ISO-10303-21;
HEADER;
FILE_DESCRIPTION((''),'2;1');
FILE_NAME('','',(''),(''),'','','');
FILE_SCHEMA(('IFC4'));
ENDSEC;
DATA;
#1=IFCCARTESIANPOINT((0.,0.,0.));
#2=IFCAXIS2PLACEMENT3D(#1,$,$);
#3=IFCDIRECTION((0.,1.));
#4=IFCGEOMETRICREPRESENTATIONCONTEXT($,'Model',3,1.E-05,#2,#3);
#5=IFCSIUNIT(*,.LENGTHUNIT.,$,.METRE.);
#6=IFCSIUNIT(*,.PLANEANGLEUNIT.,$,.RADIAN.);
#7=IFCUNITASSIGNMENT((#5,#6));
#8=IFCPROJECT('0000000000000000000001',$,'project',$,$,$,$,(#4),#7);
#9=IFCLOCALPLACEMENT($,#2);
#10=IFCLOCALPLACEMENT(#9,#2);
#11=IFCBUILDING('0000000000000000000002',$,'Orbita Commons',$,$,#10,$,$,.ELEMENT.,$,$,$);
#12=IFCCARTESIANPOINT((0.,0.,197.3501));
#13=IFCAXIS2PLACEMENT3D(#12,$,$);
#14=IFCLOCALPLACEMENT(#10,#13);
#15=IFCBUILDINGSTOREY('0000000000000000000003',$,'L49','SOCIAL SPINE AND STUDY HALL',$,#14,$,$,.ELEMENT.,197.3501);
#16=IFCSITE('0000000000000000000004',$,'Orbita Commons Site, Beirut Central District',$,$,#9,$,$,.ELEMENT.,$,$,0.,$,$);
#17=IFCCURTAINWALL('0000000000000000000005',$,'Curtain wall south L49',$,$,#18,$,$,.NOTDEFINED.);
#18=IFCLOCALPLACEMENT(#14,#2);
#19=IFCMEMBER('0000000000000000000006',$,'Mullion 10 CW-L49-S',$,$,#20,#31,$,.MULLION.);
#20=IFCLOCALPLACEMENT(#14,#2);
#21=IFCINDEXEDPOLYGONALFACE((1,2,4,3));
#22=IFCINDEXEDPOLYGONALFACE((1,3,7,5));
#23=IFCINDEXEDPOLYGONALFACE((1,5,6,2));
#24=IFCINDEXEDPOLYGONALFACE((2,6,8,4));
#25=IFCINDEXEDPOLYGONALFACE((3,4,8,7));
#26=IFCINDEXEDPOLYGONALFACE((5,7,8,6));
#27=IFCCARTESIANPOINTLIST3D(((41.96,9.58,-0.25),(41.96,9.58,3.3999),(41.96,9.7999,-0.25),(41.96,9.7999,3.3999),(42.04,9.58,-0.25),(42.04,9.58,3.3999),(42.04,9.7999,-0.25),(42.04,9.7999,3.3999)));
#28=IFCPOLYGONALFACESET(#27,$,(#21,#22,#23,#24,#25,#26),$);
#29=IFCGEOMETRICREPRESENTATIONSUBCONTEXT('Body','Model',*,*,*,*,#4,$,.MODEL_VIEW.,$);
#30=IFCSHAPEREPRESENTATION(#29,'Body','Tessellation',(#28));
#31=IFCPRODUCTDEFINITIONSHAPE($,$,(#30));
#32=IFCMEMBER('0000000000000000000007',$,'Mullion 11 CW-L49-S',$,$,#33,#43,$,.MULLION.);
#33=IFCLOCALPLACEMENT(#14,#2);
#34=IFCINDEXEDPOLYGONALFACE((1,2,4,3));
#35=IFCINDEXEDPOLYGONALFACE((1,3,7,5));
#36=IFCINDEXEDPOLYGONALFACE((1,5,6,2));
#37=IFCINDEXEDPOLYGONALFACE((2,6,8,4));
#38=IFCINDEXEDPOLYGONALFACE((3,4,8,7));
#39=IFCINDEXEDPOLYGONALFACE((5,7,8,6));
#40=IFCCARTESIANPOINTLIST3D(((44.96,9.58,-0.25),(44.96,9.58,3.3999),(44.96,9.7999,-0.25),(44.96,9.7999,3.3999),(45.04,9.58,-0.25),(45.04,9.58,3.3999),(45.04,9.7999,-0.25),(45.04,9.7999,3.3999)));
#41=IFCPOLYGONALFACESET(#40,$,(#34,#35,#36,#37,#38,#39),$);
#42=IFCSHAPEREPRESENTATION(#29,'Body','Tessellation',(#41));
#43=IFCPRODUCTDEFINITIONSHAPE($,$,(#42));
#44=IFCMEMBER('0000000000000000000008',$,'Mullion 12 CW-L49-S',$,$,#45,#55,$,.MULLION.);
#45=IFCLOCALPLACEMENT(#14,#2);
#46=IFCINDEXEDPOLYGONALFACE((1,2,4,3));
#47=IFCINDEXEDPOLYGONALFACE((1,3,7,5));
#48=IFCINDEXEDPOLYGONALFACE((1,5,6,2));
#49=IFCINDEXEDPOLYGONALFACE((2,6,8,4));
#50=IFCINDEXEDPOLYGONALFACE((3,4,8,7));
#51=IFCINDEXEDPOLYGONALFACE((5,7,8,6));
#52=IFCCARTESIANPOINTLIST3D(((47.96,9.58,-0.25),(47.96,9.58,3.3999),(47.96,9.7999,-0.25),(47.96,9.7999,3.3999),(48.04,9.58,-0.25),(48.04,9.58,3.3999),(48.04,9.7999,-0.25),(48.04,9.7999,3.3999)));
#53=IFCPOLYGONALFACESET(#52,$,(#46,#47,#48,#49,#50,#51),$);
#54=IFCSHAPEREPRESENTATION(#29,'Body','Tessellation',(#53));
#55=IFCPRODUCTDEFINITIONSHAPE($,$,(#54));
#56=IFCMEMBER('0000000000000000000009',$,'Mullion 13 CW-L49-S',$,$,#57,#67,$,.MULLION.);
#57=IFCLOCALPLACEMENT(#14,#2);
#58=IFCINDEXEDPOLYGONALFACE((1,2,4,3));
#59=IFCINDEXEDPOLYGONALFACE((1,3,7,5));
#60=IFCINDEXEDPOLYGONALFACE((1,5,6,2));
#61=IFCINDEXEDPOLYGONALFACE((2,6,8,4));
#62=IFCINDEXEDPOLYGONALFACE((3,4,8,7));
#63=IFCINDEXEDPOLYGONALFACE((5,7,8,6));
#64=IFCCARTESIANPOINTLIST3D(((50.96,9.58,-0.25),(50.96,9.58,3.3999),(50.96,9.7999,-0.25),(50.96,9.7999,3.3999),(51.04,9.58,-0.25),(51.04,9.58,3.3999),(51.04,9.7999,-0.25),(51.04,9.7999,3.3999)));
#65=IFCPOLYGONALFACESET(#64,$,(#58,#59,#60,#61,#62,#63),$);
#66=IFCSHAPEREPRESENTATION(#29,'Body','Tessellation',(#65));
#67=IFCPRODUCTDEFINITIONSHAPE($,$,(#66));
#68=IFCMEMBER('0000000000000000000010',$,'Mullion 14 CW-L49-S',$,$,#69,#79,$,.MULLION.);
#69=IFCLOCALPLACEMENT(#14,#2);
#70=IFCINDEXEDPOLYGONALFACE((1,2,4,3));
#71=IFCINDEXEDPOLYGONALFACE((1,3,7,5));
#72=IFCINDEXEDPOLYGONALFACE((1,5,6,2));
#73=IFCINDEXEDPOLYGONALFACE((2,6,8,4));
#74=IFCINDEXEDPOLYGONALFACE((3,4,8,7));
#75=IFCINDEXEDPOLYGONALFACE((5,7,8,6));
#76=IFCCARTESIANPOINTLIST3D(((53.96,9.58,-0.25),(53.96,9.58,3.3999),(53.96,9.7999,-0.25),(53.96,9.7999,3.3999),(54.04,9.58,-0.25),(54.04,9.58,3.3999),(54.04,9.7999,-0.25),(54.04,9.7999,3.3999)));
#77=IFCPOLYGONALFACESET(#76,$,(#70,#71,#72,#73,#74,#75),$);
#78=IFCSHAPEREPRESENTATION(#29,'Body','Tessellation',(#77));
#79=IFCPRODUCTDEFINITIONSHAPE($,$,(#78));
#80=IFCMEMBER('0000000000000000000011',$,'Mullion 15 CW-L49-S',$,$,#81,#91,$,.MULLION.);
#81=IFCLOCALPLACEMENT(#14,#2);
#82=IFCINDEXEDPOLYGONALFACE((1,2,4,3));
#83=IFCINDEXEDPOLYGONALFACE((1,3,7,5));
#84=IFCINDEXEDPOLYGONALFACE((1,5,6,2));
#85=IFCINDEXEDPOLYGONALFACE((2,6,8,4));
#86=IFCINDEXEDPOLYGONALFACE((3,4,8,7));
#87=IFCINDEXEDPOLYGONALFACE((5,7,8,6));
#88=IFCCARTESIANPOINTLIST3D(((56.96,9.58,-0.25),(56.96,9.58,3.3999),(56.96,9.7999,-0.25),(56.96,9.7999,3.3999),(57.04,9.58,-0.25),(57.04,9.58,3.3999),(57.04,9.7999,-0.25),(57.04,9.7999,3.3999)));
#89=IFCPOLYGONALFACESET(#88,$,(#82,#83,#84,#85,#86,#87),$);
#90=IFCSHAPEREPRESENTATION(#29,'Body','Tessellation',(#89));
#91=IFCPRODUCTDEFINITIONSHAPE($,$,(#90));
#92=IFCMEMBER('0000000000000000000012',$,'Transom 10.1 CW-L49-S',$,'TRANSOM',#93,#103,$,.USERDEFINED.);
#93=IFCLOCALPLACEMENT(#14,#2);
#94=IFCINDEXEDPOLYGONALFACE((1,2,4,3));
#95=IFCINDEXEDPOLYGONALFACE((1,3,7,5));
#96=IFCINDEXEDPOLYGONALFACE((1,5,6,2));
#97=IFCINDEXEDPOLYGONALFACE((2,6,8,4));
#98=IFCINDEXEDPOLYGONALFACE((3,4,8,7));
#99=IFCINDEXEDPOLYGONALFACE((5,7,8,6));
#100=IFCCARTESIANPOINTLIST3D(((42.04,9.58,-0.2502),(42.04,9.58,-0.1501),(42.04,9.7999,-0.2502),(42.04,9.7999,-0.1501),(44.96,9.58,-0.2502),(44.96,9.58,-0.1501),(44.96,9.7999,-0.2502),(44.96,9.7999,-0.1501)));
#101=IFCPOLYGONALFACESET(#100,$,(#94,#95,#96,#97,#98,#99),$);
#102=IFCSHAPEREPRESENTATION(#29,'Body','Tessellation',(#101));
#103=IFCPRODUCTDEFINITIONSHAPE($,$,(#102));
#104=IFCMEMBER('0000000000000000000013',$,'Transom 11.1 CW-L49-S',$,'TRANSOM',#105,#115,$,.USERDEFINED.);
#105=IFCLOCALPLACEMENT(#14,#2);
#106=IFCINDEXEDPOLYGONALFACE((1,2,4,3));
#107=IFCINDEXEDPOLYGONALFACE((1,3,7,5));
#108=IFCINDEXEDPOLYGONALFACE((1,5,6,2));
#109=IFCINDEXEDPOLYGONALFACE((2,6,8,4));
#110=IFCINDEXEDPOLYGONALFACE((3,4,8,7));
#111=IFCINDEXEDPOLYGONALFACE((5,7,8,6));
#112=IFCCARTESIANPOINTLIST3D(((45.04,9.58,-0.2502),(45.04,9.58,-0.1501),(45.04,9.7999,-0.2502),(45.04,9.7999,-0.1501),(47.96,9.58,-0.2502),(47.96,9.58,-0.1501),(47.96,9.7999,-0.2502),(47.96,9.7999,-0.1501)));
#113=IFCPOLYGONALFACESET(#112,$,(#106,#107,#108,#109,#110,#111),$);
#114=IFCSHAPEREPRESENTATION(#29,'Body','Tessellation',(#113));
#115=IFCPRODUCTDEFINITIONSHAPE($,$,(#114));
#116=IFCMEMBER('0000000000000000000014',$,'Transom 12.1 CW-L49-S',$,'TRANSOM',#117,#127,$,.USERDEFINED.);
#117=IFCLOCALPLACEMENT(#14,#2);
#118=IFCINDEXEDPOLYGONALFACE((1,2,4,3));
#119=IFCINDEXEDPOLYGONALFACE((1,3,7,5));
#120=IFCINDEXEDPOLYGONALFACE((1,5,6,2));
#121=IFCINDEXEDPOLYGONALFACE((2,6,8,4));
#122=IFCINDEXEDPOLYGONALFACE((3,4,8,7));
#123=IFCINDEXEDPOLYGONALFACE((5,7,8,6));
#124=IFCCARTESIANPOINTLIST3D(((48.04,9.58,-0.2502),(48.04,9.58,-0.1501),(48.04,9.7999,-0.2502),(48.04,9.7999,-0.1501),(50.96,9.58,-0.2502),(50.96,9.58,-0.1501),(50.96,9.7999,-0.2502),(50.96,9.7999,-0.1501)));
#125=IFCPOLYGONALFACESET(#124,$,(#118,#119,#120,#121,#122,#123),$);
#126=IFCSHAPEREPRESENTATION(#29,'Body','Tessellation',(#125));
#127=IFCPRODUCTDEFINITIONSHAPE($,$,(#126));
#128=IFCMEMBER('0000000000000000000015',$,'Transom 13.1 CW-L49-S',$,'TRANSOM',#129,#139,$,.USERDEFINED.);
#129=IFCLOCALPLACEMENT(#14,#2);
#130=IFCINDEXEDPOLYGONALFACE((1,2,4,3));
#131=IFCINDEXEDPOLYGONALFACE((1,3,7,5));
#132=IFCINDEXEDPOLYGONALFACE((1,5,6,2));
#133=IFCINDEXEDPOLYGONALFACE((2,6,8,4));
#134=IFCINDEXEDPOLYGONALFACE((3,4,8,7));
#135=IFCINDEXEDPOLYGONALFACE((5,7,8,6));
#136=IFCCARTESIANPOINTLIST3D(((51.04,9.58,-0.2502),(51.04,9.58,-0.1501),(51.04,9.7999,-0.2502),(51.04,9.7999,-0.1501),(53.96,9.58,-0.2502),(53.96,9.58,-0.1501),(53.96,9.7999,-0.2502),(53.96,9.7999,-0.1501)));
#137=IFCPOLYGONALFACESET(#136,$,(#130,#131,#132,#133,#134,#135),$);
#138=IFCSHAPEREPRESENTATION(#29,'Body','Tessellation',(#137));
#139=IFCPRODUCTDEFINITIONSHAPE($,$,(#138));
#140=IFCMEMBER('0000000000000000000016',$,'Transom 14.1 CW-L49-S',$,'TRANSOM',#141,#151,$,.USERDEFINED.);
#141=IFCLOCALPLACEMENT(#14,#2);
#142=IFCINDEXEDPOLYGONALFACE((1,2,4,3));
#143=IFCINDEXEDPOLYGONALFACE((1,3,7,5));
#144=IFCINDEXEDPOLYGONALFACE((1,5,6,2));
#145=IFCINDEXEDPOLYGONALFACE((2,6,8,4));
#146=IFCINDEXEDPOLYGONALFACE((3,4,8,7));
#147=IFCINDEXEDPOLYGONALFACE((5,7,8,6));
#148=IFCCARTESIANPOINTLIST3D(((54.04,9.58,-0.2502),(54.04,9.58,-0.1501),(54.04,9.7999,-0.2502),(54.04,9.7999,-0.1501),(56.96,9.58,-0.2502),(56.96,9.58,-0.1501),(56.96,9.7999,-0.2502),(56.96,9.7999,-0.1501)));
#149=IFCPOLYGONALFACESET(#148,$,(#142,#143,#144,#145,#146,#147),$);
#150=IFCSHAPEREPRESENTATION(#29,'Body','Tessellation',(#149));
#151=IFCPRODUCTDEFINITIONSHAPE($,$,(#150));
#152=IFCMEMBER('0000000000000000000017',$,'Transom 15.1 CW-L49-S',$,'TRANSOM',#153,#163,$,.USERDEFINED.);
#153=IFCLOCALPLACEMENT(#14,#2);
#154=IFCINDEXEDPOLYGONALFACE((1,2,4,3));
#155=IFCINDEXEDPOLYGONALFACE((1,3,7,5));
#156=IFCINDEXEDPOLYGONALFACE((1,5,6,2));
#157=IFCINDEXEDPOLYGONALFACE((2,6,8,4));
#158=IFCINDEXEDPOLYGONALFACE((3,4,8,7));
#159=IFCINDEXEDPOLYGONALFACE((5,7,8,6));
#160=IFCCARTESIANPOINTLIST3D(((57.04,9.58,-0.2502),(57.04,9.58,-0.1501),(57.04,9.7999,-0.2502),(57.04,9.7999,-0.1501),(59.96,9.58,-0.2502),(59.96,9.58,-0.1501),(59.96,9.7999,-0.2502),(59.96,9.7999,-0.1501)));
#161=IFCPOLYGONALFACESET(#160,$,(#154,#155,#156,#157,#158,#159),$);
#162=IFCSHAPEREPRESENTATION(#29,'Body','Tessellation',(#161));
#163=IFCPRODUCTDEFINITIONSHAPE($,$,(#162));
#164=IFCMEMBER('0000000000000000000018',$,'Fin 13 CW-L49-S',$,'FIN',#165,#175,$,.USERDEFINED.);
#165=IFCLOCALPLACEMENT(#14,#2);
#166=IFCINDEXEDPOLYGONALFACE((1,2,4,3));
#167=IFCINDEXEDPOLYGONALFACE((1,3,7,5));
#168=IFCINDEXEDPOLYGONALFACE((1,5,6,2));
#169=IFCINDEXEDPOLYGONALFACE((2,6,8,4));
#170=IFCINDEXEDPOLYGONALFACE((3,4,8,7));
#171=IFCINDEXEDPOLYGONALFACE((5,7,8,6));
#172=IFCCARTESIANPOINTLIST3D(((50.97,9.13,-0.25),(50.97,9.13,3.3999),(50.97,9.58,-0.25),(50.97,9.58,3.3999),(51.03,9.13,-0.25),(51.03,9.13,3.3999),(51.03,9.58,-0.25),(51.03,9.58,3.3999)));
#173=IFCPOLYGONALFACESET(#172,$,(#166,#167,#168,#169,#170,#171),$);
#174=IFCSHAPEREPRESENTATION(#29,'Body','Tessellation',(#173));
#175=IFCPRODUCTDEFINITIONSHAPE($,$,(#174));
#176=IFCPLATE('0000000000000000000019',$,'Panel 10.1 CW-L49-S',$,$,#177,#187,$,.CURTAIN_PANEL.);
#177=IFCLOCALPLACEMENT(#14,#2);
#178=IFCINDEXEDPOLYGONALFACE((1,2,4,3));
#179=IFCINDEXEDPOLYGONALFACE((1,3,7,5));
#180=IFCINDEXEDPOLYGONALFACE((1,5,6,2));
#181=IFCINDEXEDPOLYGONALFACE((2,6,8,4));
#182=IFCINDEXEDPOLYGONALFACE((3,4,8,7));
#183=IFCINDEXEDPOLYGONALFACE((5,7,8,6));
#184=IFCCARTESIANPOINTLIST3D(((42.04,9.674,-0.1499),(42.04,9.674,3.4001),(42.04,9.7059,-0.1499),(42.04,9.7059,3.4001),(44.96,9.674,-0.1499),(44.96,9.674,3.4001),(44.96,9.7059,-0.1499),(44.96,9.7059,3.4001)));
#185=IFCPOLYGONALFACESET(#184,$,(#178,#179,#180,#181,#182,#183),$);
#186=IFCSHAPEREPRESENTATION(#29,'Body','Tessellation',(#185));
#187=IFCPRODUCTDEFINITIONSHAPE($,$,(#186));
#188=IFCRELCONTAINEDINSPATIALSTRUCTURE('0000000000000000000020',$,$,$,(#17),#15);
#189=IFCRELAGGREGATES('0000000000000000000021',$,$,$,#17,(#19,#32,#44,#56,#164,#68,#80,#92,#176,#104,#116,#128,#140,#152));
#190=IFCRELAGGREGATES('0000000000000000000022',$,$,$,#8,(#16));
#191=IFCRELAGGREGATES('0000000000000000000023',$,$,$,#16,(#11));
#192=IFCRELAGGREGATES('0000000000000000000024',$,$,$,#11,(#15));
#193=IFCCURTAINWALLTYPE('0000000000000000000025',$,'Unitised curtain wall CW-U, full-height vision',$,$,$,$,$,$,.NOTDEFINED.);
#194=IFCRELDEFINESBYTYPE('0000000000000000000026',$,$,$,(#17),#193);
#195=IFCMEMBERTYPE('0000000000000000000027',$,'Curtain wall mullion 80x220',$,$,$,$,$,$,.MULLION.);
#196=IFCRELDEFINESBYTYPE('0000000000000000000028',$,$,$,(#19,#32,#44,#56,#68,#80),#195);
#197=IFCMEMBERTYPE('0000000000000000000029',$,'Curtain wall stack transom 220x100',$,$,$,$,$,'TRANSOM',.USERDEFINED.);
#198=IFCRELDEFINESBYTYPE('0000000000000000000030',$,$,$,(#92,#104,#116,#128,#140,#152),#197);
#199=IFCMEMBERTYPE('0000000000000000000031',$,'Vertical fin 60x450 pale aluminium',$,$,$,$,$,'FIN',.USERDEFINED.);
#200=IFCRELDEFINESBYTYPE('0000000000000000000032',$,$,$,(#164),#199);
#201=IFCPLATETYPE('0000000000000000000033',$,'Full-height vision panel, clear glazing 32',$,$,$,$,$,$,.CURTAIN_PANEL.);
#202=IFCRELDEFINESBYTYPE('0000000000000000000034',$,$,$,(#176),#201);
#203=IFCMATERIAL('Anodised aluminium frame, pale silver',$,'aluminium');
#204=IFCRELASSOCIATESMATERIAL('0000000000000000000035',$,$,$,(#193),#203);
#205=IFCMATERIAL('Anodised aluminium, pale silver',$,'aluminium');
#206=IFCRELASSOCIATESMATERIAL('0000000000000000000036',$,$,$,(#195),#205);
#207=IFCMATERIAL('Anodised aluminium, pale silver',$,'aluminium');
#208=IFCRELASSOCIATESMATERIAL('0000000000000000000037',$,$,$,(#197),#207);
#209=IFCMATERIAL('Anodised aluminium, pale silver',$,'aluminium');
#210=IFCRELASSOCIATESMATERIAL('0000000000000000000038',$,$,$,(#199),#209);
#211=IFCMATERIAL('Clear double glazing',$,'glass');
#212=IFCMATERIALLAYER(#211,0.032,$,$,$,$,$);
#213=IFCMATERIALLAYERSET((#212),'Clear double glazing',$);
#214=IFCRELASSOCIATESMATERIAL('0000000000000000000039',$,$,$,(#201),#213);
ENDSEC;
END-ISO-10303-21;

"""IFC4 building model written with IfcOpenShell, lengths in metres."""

from ifc_helpers import new_model, si_unit, direction, frame, origin, origin_2d, place, context, subcontext, project, spatial, rectangle, extrude, material, layer, layer_set, material_profile, profile_set, type_object, element, aggregate, save


model = new_model("IFC4")

# Units and contexts
model_context = context("Model", 3, precision=1e-05, world=origin(), true_north=direction((0.0, 1.0)))
body_context = subcontext(model_context, "Body", "Model", "MODEL_VIEW")
ifc_project = project(units=[si_unit("LENGTHUNIT", "METRE"), si_unit("PLANEANGLEUNIT", "RADIAN")], contexts=[model_context])

# Site, building, storey
site_placement = place(None, origin())
site = spatial("IfcSite", under=ifc_project, at=site_placement, Name="Orbita Commons Site, Beirut Central District", CompositionType="ELEMENT", RefElevation=0.0)
building_placement = place(site_placement, origin())
building = spatial("IfcBuilding", under=site, at=building_placement, Name="Orbita Commons", CompositionType="ELEMENT")
storey_placement = place(building_placement, frame((0.0, 0.0, 197.3501)))
storey = spatial("IfcBuildingStorey", under=building, at=storey_placement, Name="L49", Description="SOCIAL SPINE AND STUDY HALL", CompositionType="ELEMENT", Elevation=197.3501)

# Curtain wall, members, plate
ifc_material_1 = material(Name="Anodised aluminium frame, pale silver", Category="aluminium")
curtain_wall_type = type_object("IfcCurtainWallType", Name="Unitised curtain wall CW-U, full-height vision", PredefinedType="NOTDEFINED", material=ifc_material_1)
curtain_wall_placement = place(storey_placement, origin())
curtain_wall = element("IfcCurtainWall", 1, at=curtain_wall_placement, inside=storey, type_object=curtain_wall_type, Name="Curtain wall south L49", PredefinedType="NOTDEFINED")
ifc_material_2 = material(Name="Anodised aluminium, pale silver", Category="aluminium")
ifc_material_profile_1 = material_profile(ifc_material_2, rectangle(XDim=0.0801, YDim=0.22, at=origin_2d()), Name="AL 80x220")
ifc_profile_set_1 = profile_set([ifc_material_profile_1], Name="Anodised aluminium, pale silver")
member_type_1 = type_object("IfcMemberType", Name="Curtain wall mullion 80x220", PredefinedType="MULLION", material=ifc_profile_set_1)
member_1_placement = place(storey_placement, frame((42.0, 9.6899, -0.25), z_axis=(0.0, 0.0, 1.0), x_axis=(1.0, 0.0, 0.0)))
member_1 = element("IfcMember", 2, at=member_1_placement, type_object=member_type_1, Name="Mullion 10 CW-L49-S", PredefinedType="MULLION", context=body_context, shape_type="SweptSolid", body=[
    extrude(rectangle(XDim=0.0801, YDim=0.22, at=origin_2d()), origin(), (0.0, 0.0, 1.0), 3.6499),
])
member_2_placement = place(storey_placement, frame((45.0, 9.6899, -0.25), z_axis=(0.0, 0.0, 1.0), x_axis=(1.0, 0.0, 0.0)))
member_2 = element("IfcMember", 3, at=member_2_placement, type_object=member_type_1, Name="Mullion 11 CW-L49-S", PredefinedType="MULLION", context=body_context, shape_type="SweptSolid", body=[
    extrude(rectangle(XDim=0.0801, YDim=0.22, at=origin_2d()), origin(), (0.0, 0.0, 1.0), 3.6499),
])
member_3_placement = place(storey_placement, frame((48.0, 9.6899, -0.25), z_axis=(0.0, 0.0, 1.0), x_axis=(1.0, 0.0, 0.0)))
member_3 = element("IfcMember", 4, at=member_3_placement, type_object=member_type_1, Name="Mullion 12 CW-L49-S", PredefinedType="MULLION", context=body_context, shape_type="SweptSolid", body=[
    extrude(rectangle(XDim=0.0801, YDim=0.22, at=origin_2d()), origin(), (0.0, 0.0, 1.0), 3.6499),
])
member_4_placement = place(storey_placement, frame((51.0, 9.6899, -0.25), z_axis=(0.0, 0.0, 1.0), x_axis=(1.0, 0.0, 0.0)))
member_4 = element("IfcMember", 5, at=member_4_placement, type_object=member_type_1, Name="Mullion 13 CW-L49-S", PredefinedType="MULLION", context=body_context, shape_type="SweptSolid", body=[
    extrude(rectangle(XDim=0.0801, YDim=0.22, at=origin_2d()), origin(), (0.0, 0.0, 1.0), 3.6499),
])
member_5_placement = place(storey_placement, frame((54.0, 9.6899, -0.25), z_axis=(0.0, 0.0, 1.0), x_axis=(1.0, 0.0, 0.0)))
member_5 = element("IfcMember", 6, at=member_5_placement, type_object=member_type_1, Name="Mullion 14 CW-L49-S", PredefinedType="MULLION", context=body_context, shape_type="SweptSolid", body=[
    extrude(rectangle(XDim=0.0801, YDim=0.22, at=origin_2d()), origin(), (0.0, 0.0, 1.0), 3.6499),
])
member_6_placement = place(storey_placement, frame((57.0, 9.6899, -0.25), z_axis=(0.0, 0.0, 1.0), x_axis=(1.0, 0.0, 0.0)))
member_6 = element("IfcMember", 7, at=member_6_placement, type_object=member_type_1, Name="Mullion 15 CW-L49-S", PredefinedType="MULLION", context=body_context, shape_type="SweptSolid", body=[
    extrude(rectangle(XDim=0.0801, YDim=0.22, at=origin_2d()), origin(), (0.0, 0.0, 1.0), 3.6499),
])
ifc_material_3 = material(Name="Anodised aluminium, pale silver", Category="aluminium")
ifc_material_profile_2 = material_profile(ifc_material_3, rectangle(XDim=0.22, YDim=0.1001, at=origin_2d()), Name="AL 220x100")
ifc_profile_set_2 = profile_set([ifc_material_profile_2], Name="Anodised aluminium, pale silver")
member_type_2 = type_object("IfcMemberType", Name="Curtain wall stack transom 220x100", ElementType="TRANSOM", PredefinedType="USERDEFINED", material=ifc_profile_set_2)
member_7_placement = place(storey_placement, frame((42.04, 9.6899, -0.2002), z_axis=(1.0, 0.0, 0.0), x_axis=(0.0, 1.0, 0.0)))
member_7 = element("IfcMember", 8, at=member_7_placement, type_object=member_type_2, Name="Transom 10.1 CW-L49-S", ObjectType="TRANSOM", PredefinedType="USERDEFINED", context=body_context, shape_type="SweptSolid", body=[
    extrude(rectangle(XDim=0.22, YDim=0.1001, at=origin_2d()), origin(), (0.0, 0.0, 1.0), 2.9199),
])
member_8_placement = place(storey_placement, frame((45.04, 9.6899, -0.2002), z_axis=(1.0, 0.0, 0.0), x_axis=(0.0, 1.0, 0.0)))
member_8 = element("IfcMember", 9, at=member_8_placement, type_object=member_type_2, Name="Transom 11.1 CW-L49-S", ObjectType="TRANSOM", PredefinedType="USERDEFINED", context=body_context, shape_type="SweptSolid", body=[
    extrude(rectangle(XDim=0.22, YDim=0.1001, at=origin_2d()), origin(), (0.0, 0.0, 1.0), 2.9199),
])
member_9_placement = place(storey_placement, frame((48.04, 9.6899, -0.2002), z_axis=(1.0, 0.0, 0.0), x_axis=(0.0, 1.0, 0.0)))
member_9 = element("IfcMember", 10, at=member_9_placement, type_object=member_type_2, Name="Transom 12.1 CW-L49-S", ObjectType="TRANSOM", PredefinedType="USERDEFINED", context=body_context, shape_type="SweptSolid", body=[
    extrude(rectangle(XDim=0.22, YDim=0.1001, at=origin_2d()), origin(), (0.0, 0.0, 1.0), 2.9199),
])
member_10_placement = place(storey_placement, frame((51.04, 9.6899, -0.2002), z_axis=(1.0, 0.0, 0.0), x_axis=(0.0, 1.0, 0.0)))
member_10 = element("IfcMember", 11, at=member_10_placement, type_object=member_type_2, Name="Transom 13.1 CW-L49-S", ObjectType="TRANSOM", PredefinedType="USERDEFINED", context=body_context, shape_type="SweptSolid", body=[
    extrude(rectangle(XDim=0.22, YDim=0.1001, at=origin_2d()), origin(), (0.0, 0.0, 1.0), 2.9199),
])
member_11_placement = place(storey_placement, frame((54.04, 9.6899, -0.2002), z_axis=(1.0, 0.0, 0.0), x_axis=(0.0, 1.0, 0.0)))
member_11 = element("IfcMember", 12, at=member_11_placement, type_object=member_type_2, Name="Transom 14.1 CW-L49-S", ObjectType="TRANSOM", PredefinedType="USERDEFINED", context=body_context, shape_type="SweptSolid", body=[
    extrude(rectangle(XDim=0.22, YDim=0.1001, at=origin_2d()), origin(), (0.0, 0.0, 1.0), 2.9199),
])
member_12_placement = place(storey_placement, frame((57.04, 9.6899, -0.2002), z_axis=(1.0, 0.0, 0.0), x_axis=(0.0, 1.0, 0.0)))
member_12 = element("IfcMember", 13, at=member_12_placement, type_object=member_type_2, Name="Transom 15.1 CW-L49-S", ObjectType="TRANSOM", PredefinedType="USERDEFINED", context=body_context, shape_type="SweptSolid", body=[
    extrude(rectangle(XDim=0.22, YDim=0.1001, at=origin_2d()), origin(), (0.0, 0.0, 1.0), 2.9199),
])
ifc_material_4 = material(Name="Anodised aluminium, pale silver", Category="aluminium")
ifc_material_profile_3 = material_profile(ifc_material_4, rectangle(XDim=0.0601, YDim=0.45, at=origin_2d()), Name="FIN 60x450")
ifc_profile_set_3 = profile_set([ifc_material_profile_3], Name="Anodised aluminium, pale silver")
member_type_3 = type_object("IfcMemberType", Name="Vertical fin 60x450 pale aluminium", ElementType="FIN", PredefinedType="USERDEFINED", material=ifc_profile_set_3)
member_13_placement = place(storey_placement, frame((51.0, 9.355, -0.25), z_axis=(0.0, 0.0, 1.0), x_axis=(1.0, 0.0, 0.0)))
member_13 = element("IfcMember", 14, at=member_13_placement, type_object=member_type_3, Name="Fin 13 CW-L49-S", ObjectType="FIN", PredefinedType="USERDEFINED", context=body_context, shape_type="SweptSolid", body=[
    extrude(rectangle(XDim=0.0601, YDim=0.45, at=origin_2d()), origin(), (0.0, 0.0, 1.0), 3.6499),
])
ifc_material_5 = material(Name="Clear double glazing", Category="glass")
ifc_layer_1 = layer(ifc_material_5, 0.032)
ifc_layer_set_1 = layer_set([ifc_layer_1], Name="Clear double glazing")
plate_type = type_object("IfcPlateType", Name="Full-height vision panel, clear glazing 32", PredefinedType="CURTAIN_PANEL", material=ifc_layer_set_1)
plate_1_placement = place(storey_placement, frame((43.5, 9.6899, -0.1499), z_axis=(0.0, 0.0, 1.0), x_axis=(1.0, 0.0, 0.0)))
plate_1 = element("IfcPlate", 15, at=plate_1_placement, type_object=plate_type, Name="Panel 10.1 CW-L49-S", PredefinedType="CURTAIN_PANEL", context=body_context, shape_type="SweptSolid", body=[
    extrude(rectangle(XDim=2.9199, YDim=0.032, at=origin_2d()), origin(), (0.0, 0.0, 1.0), 3.55),
])
aggregate(curtain_wall, [member_1, member_2, member_3, member_4, member_13, member_5, member_6, member_7, plate_1, member_8, member_9, member_10, member_11, member_12])

save(model, "model.ifc")
